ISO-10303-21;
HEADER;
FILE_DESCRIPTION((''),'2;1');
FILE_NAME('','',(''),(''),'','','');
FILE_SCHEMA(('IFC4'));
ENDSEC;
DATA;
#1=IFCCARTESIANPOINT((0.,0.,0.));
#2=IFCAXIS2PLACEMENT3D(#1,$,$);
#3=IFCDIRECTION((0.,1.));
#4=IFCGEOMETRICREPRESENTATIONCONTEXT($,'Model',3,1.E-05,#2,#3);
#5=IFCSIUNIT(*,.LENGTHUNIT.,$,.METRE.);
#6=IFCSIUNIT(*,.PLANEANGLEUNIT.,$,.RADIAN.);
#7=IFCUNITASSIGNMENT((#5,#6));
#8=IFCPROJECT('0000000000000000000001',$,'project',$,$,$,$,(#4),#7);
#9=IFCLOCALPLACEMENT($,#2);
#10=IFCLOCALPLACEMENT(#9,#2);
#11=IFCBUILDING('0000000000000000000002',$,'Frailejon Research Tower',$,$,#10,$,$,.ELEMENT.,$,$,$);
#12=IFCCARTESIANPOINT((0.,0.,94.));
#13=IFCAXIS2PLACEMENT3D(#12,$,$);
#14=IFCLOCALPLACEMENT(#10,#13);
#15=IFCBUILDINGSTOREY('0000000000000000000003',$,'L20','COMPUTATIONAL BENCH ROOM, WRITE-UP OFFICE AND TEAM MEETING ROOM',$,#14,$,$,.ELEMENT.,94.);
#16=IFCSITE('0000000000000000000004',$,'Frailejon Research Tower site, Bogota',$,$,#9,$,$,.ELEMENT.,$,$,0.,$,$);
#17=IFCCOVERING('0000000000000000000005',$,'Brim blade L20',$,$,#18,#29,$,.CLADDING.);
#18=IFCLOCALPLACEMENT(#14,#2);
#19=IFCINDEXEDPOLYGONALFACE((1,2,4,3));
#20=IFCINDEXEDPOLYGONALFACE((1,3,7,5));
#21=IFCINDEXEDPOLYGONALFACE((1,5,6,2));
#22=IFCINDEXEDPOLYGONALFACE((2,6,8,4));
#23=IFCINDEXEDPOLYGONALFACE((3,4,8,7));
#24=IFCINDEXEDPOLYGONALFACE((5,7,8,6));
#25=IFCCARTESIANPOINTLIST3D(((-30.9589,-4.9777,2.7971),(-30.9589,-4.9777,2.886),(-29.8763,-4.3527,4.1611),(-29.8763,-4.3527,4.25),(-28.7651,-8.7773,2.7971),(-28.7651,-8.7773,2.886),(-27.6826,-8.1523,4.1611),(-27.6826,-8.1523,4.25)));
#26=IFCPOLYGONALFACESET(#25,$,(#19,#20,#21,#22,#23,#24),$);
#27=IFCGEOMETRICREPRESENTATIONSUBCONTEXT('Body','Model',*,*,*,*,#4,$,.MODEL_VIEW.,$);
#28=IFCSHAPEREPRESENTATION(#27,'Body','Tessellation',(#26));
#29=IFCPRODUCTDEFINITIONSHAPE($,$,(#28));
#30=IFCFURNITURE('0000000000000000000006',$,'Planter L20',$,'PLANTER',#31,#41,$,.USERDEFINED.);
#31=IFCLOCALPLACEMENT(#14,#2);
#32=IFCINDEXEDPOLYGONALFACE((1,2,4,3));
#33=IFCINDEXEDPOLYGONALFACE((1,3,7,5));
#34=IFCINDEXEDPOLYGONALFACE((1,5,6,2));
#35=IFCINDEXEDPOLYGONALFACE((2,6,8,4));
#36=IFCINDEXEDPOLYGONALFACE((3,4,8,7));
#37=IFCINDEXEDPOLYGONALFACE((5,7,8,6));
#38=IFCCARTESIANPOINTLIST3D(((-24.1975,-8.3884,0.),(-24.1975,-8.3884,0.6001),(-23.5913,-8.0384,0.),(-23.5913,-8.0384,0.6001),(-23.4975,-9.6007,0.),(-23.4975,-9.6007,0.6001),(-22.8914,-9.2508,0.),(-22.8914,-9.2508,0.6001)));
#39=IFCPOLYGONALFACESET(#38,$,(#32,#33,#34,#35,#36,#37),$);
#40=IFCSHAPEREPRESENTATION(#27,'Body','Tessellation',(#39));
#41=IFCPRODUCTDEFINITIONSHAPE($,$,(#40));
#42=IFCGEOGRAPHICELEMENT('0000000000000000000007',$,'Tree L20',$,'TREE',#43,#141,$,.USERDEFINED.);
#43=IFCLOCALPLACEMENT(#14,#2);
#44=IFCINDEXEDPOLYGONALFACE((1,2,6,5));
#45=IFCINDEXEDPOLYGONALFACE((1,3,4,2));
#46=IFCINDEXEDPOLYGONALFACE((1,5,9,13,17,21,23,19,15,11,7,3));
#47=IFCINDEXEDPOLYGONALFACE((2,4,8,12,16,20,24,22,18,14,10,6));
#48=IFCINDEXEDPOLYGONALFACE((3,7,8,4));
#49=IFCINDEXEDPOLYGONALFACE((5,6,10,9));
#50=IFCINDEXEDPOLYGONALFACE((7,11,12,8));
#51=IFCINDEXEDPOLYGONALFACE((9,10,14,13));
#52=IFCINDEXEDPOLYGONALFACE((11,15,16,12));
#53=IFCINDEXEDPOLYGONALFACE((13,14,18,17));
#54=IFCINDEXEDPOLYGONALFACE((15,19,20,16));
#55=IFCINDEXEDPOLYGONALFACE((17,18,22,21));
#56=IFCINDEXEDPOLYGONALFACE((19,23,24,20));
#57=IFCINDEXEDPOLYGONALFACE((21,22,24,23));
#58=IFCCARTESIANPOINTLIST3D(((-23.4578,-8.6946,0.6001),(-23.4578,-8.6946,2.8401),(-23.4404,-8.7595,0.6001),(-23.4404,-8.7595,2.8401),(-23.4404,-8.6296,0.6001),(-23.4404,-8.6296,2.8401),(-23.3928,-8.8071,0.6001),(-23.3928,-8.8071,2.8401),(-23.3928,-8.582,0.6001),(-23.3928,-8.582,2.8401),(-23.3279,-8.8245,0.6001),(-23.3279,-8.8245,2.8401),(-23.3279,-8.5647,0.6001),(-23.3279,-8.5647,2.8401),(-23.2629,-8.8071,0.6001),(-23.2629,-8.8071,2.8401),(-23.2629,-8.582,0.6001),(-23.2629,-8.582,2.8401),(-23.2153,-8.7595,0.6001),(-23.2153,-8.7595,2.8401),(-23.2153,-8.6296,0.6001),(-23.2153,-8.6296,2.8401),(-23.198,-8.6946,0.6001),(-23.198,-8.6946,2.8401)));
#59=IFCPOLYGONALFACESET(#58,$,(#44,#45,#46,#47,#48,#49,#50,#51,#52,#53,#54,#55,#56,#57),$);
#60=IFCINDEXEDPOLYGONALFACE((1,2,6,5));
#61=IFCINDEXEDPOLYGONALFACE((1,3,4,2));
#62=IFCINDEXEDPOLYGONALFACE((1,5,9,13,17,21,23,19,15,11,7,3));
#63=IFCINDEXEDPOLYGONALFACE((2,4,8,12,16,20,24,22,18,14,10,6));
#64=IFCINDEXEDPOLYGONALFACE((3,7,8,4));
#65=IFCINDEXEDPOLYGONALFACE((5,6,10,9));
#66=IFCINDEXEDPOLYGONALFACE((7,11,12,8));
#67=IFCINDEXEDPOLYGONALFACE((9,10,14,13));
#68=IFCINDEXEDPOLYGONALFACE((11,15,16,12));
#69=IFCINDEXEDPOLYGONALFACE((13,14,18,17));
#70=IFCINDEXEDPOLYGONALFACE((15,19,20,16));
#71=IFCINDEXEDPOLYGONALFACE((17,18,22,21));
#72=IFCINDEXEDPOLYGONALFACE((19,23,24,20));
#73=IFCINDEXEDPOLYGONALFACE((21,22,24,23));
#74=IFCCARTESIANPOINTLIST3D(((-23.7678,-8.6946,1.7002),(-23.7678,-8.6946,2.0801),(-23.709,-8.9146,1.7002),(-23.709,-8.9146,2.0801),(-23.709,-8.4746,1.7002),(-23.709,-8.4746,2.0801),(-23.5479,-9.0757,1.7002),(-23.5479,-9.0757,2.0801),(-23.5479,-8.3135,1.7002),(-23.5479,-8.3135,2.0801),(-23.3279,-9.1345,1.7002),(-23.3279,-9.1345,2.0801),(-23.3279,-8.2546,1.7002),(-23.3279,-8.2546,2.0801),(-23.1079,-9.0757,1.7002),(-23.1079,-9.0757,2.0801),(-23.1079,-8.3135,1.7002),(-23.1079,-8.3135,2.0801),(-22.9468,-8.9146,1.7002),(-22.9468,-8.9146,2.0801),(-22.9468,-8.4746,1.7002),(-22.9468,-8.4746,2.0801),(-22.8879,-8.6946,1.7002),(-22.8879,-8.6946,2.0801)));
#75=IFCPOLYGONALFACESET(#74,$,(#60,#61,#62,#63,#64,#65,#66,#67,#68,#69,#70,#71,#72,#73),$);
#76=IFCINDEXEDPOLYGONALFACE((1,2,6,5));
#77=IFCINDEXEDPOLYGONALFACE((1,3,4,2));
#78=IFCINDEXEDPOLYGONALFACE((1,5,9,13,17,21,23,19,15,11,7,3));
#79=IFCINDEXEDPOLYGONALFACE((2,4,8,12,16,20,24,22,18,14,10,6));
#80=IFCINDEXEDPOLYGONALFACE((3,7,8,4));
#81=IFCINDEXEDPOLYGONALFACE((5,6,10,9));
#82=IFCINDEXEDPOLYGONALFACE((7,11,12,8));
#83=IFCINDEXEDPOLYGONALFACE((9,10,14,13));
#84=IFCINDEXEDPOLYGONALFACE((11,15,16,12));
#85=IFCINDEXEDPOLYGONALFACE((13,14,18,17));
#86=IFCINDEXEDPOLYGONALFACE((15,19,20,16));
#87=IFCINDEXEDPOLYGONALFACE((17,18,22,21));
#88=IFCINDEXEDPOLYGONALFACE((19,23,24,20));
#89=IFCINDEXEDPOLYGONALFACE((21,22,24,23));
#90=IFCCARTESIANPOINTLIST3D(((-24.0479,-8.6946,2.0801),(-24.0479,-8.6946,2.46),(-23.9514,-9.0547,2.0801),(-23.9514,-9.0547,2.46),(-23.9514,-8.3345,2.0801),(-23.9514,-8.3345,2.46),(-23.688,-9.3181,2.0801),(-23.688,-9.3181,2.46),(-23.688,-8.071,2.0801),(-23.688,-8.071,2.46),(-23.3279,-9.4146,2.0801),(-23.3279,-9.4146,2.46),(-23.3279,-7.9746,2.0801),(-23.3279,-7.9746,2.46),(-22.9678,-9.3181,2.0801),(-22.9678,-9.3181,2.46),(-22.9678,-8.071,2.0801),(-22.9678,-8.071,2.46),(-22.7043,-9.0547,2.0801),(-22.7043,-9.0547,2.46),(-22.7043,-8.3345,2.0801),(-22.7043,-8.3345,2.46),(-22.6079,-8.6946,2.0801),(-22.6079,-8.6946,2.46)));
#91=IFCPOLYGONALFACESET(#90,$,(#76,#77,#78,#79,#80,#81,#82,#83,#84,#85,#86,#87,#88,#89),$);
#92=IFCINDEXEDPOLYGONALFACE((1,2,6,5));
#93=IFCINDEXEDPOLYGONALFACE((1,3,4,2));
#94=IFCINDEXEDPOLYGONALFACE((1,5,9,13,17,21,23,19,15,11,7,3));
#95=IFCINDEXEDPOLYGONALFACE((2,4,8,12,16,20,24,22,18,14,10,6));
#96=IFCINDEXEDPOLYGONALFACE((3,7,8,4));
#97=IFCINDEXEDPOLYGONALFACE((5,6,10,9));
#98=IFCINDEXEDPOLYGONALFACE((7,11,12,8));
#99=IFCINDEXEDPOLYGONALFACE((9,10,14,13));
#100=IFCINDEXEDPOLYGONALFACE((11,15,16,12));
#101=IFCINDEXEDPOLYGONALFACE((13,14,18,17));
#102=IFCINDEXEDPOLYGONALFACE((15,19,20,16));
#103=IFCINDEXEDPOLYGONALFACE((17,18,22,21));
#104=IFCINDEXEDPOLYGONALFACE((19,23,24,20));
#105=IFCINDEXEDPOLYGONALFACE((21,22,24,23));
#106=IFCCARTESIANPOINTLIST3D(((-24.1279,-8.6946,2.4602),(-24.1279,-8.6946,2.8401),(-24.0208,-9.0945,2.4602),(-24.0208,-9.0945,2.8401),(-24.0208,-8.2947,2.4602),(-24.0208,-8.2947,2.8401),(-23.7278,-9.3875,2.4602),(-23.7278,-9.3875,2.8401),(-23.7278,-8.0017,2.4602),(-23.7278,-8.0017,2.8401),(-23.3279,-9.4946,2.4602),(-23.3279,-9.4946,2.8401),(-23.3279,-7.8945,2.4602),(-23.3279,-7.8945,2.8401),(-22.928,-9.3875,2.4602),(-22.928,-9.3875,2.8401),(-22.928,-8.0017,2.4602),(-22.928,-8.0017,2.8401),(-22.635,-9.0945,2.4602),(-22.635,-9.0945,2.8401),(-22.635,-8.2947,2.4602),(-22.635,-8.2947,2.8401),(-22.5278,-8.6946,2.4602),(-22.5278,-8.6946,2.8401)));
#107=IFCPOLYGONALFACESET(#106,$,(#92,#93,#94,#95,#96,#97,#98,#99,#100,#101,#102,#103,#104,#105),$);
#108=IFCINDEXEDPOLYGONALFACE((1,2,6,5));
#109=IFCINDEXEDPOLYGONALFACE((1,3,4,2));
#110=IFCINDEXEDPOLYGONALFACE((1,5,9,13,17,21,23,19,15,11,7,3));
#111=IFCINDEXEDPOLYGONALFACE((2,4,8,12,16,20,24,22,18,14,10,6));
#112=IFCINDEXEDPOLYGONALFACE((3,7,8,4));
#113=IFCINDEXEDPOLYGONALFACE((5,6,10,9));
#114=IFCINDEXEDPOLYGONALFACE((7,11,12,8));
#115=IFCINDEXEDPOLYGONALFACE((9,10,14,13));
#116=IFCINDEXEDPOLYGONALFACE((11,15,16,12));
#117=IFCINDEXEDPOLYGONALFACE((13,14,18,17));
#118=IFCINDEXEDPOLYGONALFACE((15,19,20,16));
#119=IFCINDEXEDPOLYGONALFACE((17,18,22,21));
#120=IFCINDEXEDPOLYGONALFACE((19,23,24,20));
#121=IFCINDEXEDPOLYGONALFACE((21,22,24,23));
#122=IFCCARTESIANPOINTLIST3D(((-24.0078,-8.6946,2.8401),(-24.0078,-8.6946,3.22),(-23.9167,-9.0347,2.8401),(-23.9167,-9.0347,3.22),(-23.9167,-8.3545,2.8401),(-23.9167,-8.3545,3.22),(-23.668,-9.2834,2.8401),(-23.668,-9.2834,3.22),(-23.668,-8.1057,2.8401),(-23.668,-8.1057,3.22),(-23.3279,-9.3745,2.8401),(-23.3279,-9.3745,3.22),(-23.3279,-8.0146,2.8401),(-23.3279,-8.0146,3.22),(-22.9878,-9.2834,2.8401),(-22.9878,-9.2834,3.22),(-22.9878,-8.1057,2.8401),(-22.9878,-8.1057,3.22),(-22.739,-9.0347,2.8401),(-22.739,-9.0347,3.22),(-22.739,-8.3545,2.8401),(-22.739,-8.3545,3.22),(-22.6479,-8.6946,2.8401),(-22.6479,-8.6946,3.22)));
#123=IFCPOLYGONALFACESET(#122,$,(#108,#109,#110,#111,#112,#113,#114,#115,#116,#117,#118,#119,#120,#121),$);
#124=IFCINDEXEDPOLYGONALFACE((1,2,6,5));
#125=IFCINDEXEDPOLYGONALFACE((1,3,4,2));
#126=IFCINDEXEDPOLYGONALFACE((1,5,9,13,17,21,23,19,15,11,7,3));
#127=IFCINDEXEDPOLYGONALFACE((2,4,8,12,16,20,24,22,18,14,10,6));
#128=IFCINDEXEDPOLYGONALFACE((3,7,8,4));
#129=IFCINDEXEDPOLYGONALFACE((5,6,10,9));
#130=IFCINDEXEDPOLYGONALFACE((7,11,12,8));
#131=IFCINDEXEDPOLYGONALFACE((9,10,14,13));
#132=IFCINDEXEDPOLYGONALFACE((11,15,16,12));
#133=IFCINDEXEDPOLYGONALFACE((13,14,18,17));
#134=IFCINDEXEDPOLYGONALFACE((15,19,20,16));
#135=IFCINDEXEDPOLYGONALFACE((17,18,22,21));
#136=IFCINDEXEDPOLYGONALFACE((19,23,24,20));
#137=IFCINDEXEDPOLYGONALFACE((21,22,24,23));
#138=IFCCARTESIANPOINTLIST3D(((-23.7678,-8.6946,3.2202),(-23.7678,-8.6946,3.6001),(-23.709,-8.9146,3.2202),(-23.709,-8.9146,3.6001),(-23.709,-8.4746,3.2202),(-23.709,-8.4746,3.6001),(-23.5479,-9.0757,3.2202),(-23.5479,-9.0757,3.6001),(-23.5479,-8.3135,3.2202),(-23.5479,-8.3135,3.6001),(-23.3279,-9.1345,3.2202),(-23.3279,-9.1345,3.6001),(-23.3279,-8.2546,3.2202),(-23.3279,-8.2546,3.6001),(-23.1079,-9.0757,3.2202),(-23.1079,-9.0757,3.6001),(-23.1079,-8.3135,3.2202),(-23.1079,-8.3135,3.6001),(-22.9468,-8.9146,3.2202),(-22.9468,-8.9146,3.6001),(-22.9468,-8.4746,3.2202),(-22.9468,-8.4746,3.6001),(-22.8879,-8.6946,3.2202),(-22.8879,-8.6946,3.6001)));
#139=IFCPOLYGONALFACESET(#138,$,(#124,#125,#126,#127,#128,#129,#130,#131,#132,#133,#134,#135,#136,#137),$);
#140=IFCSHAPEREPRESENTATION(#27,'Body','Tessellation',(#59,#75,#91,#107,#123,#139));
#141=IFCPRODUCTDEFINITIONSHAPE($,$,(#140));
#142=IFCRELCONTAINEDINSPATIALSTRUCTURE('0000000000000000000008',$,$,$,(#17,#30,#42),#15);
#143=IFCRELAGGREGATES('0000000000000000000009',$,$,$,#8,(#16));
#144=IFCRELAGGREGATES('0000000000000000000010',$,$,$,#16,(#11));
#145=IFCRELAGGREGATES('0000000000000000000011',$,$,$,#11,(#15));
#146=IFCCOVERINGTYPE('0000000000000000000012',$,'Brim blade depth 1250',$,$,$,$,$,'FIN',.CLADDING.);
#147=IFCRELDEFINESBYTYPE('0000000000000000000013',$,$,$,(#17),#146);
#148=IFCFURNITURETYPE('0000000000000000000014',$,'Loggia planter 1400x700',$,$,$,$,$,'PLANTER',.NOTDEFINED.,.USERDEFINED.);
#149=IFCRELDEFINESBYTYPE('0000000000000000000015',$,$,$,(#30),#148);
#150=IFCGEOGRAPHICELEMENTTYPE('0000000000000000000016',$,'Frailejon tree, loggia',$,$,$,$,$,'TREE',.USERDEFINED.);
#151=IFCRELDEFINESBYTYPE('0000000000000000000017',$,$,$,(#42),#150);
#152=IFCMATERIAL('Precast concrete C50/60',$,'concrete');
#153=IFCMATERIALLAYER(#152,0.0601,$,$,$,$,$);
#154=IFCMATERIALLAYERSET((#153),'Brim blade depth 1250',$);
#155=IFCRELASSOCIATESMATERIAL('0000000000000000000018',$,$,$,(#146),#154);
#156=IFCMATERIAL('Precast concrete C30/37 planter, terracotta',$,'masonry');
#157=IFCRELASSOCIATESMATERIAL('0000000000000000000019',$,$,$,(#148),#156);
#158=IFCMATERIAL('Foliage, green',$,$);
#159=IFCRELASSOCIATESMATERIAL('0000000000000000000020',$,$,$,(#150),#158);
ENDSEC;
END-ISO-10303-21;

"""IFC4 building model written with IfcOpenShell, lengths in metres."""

from ifc_helpers import new_model, si_unit, direction, frame, origin, origin_2d, place, context, subcontext, project, spatial, polyline, rectangle, outline, extrude, material, layer, layer_set, type_object, element, save


model = new_model("IFC4")

# Units and contexts
model_context = context("Model", 3, precision=1e-05, world=origin(), true_north=direction((0.0, 1.0)))
body_context = subcontext(model_context, "Body", "Model", "MODEL_VIEW")
ifc_project = project(units=[si_unit("LENGTHUNIT", "METRE"), si_unit("PLANEANGLEUNIT", "RADIAN")], contexts=[model_context])

# Site, building, storey
site_placement = place(None, origin())
site = spatial("IfcSite", under=ifc_project, at=site_placement, Name="Frailejon Research Tower site, Bogota", CompositionType="ELEMENT", RefElevation=0.0)
building_placement = place(site_placement, origin())
building = spatial("IfcBuilding", under=site, at=building_placement, Name="Frailejon Research Tower", CompositionType="ELEMENT")
storey_placement = place(building_placement, frame((0.0, 0.0, 94.0)))
storey = spatial("IfcBuildingStorey", under=building, at=storey_placement, Name="L20", Description="COMPUTATIONAL BENCH ROOM, WRITE-UP OFFICE AND TEAM MEETING ROOM", CompositionType="ELEMENT", Elevation=94.0)

# Covering
ifc_material_1 = material(Name="Precast concrete C50/60", Category="concrete")
ifc_layer_1 = layer(ifc_material_1, 0.0601)
ifc_layer_set_1 = layer_set([ifc_layer_1], Name="Brim blade depth 1250")
covering_type_1 = type_object("IfcCoveringType", Name="Brim blade depth 1250", ElementType="FIN", PredefinedType="CLADDING", material=ifc_layer_set_1)
covering_1_placement = place(storey_placement, frame((-27.6826, -8.1523, 4.25), z_axis=(-0.5, 0.866025, 0.0), x_axis=(-0.866025, -0.5, 0.0)))
element("IfcCovering", 1, at=covering_1_placement, inside=storey, type_object=covering_type_1, Name="Brim blade L20", PredefinedType="CLADDING", context=body_context, shape_type="SweptSolid", body=[
    extrude(outline(polyline([(0.0, -0.0889), (1.25, -1.4529), (1.25, -1.364), (0.0, 0.0), (0.0, -0.0889)])), origin(), (0.0, 0.0, 1.0), 4.3875),
])

# Furniture
ifc_material_2 = material(Name="Precast concrete C30/37 planter, terracotta", Category="masonry")
furniture_type = type_object("IfcFurnitureType", Name="Loggia planter 1400x700", ElementType="PLANTER", AssemblyPlace="NOTDEFINED", PredefinedType="USERDEFINED", material=ifc_material_2)
furniture_placement = place(storey_placement, frame((-23.5444, -8.8196, 0.0), z_axis=(0.0, 0.0, 1.0), x_axis=(0.5, -0.866025, 0.0)))
element("IfcFurniture", 2, at=furniture_placement, inside=storey, type_object=furniture_type, Name="Planter L20", ObjectType="PLANTER", PredefinedType="USERDEFINED", context=body_context, shape_type="SweptSolid", body=[
    extrude(rectangle(XDim=1.3999, YDim=0.7, at=origin_2d()), origin(), (0.0, 0.0, 1.0), 0.6001),
])

# Geographic element
ifc_material_3 = material(Name="Foliage, green")
geographic_element_type = type_object("IfcGeographicElementType", Name="Frailejon tree, loggia", ElementType="TREE", PredefinedType="USERDEFINED", material=ifc_material_3)
geographic_element_placement = place(storey_placement, frame((-23.3279, -8.6946, 0.6001)))
element("IfcGeographicElement", 3, at=geographic_element_placement, inside=storey, type_object=geographic_element_type, Name="Tree L20", ObjectType="TREE", PredefinedType="USERDEFINED", context=body_context, shape_type="SweptSolid", body=[
    extrude(outline(polyline([(0.1299, 0.0), (0.1125, 0.0649), (0.0649, 0.1125), (0.0, 0.1299), (-0.0649, 0.1125), (-0.1125, 0.0649), (-0.1299, 0.0), (-0.1125, -0.0649), (-0.0649, -0.1125), (0.0, -0.1299), (0.0649, -0.1125), (0.1125, -0.0649), (0.1299, 0.0)])), origin(), (0.0, 0.0, 1.0), 2.24),
    extrude(outline(polyline([(0.4399, 0.0), (0.3811, 0.22), (0.22, 0.3811), (0.0, 0.4399), (-0.22, 0.3811), (-0.3811, 0.22), (-0.4399, 0.0), (-0.3811, -0.22), (-0.22, -0.3811), (0.0, -0.4399), (0.22, -0.3811), (0.3811, -0.22), (0.4399, 0.0)])), frame((0.0, 0.0, 1.1001)), (0.0, 0.0, 1.0), 0.3799),
    extrude(outline(polyline([(0.72, 0.0), (0.6235, 0.3601), (0.3601, 0.6235), (0.0, 0.72), (-0.3601, 0.6235), (-0.6235, 0.3601), (-0.72, 0.0), (-0.6235, -0.3601), (-0.3601, -0.6235), (0.0, -0.72), (0.3601, -0.6235), (0.6235, -0.3601), (0.72, 0.0)])), frame((0.0, 0.0, 1.48)), (0.0, 0.0, 1.0), 0.3799),
    extrude(outline(polyline([(0.8, 0.0), (0.6929, 0.3999), (0.3999, 0.6929), (0.0, 0.8), (-0.3999, 0.6929), (-0.6929, 0.3999), (-0.8, 0.0), (-0.6929, -0.3999), (-0.3999, -0.6929), (0.0, -0.8), (0.3999, -0.6929), (0.6929, -0.3999), (0.8, 0.0)])), frame((0.0, 0.0, 1.8601)), (0.0, 0.0, 1.0), 0.3799),
    extrude(outline(polyline([(0.6799, 0.0), (0.5889, 0.3401), (0.3401, 0.5889), (0.0, 0.6799), (-0.3401, 0.5889), (-0.5889, 0.3401), (-0.6799, 0.0), (-0.5889, -0.3401), (-0.3401, -0.5889), (0.0, -0.6799), (0.3401, -0.5889), (0.5889, -0.3401), (0.6799, 0.0)])), frame((0.0, 0.0, 2.24)), (0.0, 0.0, 1.0), 0.3799),
    extrude(outline(polyline([(0.4399, 0.0), (0.3811, 0.22), (0.22, 0.3811), (0.0, 0.4399), (-0.22, 0.3811), (-0.3811, 0.22), (-0.4399, 0.0), (-0.3811, -0.22), (-0.22, -0.3811), (0.0, -0.4399), (0.22, -0.3811), (0.3811, -0.22), (0.4399, 0.0)])), frame((0.0, 0.0, 2.6201)), (0.0, 0.0, 1.0), 0.3799),
])

save(model, "model.ifc")
